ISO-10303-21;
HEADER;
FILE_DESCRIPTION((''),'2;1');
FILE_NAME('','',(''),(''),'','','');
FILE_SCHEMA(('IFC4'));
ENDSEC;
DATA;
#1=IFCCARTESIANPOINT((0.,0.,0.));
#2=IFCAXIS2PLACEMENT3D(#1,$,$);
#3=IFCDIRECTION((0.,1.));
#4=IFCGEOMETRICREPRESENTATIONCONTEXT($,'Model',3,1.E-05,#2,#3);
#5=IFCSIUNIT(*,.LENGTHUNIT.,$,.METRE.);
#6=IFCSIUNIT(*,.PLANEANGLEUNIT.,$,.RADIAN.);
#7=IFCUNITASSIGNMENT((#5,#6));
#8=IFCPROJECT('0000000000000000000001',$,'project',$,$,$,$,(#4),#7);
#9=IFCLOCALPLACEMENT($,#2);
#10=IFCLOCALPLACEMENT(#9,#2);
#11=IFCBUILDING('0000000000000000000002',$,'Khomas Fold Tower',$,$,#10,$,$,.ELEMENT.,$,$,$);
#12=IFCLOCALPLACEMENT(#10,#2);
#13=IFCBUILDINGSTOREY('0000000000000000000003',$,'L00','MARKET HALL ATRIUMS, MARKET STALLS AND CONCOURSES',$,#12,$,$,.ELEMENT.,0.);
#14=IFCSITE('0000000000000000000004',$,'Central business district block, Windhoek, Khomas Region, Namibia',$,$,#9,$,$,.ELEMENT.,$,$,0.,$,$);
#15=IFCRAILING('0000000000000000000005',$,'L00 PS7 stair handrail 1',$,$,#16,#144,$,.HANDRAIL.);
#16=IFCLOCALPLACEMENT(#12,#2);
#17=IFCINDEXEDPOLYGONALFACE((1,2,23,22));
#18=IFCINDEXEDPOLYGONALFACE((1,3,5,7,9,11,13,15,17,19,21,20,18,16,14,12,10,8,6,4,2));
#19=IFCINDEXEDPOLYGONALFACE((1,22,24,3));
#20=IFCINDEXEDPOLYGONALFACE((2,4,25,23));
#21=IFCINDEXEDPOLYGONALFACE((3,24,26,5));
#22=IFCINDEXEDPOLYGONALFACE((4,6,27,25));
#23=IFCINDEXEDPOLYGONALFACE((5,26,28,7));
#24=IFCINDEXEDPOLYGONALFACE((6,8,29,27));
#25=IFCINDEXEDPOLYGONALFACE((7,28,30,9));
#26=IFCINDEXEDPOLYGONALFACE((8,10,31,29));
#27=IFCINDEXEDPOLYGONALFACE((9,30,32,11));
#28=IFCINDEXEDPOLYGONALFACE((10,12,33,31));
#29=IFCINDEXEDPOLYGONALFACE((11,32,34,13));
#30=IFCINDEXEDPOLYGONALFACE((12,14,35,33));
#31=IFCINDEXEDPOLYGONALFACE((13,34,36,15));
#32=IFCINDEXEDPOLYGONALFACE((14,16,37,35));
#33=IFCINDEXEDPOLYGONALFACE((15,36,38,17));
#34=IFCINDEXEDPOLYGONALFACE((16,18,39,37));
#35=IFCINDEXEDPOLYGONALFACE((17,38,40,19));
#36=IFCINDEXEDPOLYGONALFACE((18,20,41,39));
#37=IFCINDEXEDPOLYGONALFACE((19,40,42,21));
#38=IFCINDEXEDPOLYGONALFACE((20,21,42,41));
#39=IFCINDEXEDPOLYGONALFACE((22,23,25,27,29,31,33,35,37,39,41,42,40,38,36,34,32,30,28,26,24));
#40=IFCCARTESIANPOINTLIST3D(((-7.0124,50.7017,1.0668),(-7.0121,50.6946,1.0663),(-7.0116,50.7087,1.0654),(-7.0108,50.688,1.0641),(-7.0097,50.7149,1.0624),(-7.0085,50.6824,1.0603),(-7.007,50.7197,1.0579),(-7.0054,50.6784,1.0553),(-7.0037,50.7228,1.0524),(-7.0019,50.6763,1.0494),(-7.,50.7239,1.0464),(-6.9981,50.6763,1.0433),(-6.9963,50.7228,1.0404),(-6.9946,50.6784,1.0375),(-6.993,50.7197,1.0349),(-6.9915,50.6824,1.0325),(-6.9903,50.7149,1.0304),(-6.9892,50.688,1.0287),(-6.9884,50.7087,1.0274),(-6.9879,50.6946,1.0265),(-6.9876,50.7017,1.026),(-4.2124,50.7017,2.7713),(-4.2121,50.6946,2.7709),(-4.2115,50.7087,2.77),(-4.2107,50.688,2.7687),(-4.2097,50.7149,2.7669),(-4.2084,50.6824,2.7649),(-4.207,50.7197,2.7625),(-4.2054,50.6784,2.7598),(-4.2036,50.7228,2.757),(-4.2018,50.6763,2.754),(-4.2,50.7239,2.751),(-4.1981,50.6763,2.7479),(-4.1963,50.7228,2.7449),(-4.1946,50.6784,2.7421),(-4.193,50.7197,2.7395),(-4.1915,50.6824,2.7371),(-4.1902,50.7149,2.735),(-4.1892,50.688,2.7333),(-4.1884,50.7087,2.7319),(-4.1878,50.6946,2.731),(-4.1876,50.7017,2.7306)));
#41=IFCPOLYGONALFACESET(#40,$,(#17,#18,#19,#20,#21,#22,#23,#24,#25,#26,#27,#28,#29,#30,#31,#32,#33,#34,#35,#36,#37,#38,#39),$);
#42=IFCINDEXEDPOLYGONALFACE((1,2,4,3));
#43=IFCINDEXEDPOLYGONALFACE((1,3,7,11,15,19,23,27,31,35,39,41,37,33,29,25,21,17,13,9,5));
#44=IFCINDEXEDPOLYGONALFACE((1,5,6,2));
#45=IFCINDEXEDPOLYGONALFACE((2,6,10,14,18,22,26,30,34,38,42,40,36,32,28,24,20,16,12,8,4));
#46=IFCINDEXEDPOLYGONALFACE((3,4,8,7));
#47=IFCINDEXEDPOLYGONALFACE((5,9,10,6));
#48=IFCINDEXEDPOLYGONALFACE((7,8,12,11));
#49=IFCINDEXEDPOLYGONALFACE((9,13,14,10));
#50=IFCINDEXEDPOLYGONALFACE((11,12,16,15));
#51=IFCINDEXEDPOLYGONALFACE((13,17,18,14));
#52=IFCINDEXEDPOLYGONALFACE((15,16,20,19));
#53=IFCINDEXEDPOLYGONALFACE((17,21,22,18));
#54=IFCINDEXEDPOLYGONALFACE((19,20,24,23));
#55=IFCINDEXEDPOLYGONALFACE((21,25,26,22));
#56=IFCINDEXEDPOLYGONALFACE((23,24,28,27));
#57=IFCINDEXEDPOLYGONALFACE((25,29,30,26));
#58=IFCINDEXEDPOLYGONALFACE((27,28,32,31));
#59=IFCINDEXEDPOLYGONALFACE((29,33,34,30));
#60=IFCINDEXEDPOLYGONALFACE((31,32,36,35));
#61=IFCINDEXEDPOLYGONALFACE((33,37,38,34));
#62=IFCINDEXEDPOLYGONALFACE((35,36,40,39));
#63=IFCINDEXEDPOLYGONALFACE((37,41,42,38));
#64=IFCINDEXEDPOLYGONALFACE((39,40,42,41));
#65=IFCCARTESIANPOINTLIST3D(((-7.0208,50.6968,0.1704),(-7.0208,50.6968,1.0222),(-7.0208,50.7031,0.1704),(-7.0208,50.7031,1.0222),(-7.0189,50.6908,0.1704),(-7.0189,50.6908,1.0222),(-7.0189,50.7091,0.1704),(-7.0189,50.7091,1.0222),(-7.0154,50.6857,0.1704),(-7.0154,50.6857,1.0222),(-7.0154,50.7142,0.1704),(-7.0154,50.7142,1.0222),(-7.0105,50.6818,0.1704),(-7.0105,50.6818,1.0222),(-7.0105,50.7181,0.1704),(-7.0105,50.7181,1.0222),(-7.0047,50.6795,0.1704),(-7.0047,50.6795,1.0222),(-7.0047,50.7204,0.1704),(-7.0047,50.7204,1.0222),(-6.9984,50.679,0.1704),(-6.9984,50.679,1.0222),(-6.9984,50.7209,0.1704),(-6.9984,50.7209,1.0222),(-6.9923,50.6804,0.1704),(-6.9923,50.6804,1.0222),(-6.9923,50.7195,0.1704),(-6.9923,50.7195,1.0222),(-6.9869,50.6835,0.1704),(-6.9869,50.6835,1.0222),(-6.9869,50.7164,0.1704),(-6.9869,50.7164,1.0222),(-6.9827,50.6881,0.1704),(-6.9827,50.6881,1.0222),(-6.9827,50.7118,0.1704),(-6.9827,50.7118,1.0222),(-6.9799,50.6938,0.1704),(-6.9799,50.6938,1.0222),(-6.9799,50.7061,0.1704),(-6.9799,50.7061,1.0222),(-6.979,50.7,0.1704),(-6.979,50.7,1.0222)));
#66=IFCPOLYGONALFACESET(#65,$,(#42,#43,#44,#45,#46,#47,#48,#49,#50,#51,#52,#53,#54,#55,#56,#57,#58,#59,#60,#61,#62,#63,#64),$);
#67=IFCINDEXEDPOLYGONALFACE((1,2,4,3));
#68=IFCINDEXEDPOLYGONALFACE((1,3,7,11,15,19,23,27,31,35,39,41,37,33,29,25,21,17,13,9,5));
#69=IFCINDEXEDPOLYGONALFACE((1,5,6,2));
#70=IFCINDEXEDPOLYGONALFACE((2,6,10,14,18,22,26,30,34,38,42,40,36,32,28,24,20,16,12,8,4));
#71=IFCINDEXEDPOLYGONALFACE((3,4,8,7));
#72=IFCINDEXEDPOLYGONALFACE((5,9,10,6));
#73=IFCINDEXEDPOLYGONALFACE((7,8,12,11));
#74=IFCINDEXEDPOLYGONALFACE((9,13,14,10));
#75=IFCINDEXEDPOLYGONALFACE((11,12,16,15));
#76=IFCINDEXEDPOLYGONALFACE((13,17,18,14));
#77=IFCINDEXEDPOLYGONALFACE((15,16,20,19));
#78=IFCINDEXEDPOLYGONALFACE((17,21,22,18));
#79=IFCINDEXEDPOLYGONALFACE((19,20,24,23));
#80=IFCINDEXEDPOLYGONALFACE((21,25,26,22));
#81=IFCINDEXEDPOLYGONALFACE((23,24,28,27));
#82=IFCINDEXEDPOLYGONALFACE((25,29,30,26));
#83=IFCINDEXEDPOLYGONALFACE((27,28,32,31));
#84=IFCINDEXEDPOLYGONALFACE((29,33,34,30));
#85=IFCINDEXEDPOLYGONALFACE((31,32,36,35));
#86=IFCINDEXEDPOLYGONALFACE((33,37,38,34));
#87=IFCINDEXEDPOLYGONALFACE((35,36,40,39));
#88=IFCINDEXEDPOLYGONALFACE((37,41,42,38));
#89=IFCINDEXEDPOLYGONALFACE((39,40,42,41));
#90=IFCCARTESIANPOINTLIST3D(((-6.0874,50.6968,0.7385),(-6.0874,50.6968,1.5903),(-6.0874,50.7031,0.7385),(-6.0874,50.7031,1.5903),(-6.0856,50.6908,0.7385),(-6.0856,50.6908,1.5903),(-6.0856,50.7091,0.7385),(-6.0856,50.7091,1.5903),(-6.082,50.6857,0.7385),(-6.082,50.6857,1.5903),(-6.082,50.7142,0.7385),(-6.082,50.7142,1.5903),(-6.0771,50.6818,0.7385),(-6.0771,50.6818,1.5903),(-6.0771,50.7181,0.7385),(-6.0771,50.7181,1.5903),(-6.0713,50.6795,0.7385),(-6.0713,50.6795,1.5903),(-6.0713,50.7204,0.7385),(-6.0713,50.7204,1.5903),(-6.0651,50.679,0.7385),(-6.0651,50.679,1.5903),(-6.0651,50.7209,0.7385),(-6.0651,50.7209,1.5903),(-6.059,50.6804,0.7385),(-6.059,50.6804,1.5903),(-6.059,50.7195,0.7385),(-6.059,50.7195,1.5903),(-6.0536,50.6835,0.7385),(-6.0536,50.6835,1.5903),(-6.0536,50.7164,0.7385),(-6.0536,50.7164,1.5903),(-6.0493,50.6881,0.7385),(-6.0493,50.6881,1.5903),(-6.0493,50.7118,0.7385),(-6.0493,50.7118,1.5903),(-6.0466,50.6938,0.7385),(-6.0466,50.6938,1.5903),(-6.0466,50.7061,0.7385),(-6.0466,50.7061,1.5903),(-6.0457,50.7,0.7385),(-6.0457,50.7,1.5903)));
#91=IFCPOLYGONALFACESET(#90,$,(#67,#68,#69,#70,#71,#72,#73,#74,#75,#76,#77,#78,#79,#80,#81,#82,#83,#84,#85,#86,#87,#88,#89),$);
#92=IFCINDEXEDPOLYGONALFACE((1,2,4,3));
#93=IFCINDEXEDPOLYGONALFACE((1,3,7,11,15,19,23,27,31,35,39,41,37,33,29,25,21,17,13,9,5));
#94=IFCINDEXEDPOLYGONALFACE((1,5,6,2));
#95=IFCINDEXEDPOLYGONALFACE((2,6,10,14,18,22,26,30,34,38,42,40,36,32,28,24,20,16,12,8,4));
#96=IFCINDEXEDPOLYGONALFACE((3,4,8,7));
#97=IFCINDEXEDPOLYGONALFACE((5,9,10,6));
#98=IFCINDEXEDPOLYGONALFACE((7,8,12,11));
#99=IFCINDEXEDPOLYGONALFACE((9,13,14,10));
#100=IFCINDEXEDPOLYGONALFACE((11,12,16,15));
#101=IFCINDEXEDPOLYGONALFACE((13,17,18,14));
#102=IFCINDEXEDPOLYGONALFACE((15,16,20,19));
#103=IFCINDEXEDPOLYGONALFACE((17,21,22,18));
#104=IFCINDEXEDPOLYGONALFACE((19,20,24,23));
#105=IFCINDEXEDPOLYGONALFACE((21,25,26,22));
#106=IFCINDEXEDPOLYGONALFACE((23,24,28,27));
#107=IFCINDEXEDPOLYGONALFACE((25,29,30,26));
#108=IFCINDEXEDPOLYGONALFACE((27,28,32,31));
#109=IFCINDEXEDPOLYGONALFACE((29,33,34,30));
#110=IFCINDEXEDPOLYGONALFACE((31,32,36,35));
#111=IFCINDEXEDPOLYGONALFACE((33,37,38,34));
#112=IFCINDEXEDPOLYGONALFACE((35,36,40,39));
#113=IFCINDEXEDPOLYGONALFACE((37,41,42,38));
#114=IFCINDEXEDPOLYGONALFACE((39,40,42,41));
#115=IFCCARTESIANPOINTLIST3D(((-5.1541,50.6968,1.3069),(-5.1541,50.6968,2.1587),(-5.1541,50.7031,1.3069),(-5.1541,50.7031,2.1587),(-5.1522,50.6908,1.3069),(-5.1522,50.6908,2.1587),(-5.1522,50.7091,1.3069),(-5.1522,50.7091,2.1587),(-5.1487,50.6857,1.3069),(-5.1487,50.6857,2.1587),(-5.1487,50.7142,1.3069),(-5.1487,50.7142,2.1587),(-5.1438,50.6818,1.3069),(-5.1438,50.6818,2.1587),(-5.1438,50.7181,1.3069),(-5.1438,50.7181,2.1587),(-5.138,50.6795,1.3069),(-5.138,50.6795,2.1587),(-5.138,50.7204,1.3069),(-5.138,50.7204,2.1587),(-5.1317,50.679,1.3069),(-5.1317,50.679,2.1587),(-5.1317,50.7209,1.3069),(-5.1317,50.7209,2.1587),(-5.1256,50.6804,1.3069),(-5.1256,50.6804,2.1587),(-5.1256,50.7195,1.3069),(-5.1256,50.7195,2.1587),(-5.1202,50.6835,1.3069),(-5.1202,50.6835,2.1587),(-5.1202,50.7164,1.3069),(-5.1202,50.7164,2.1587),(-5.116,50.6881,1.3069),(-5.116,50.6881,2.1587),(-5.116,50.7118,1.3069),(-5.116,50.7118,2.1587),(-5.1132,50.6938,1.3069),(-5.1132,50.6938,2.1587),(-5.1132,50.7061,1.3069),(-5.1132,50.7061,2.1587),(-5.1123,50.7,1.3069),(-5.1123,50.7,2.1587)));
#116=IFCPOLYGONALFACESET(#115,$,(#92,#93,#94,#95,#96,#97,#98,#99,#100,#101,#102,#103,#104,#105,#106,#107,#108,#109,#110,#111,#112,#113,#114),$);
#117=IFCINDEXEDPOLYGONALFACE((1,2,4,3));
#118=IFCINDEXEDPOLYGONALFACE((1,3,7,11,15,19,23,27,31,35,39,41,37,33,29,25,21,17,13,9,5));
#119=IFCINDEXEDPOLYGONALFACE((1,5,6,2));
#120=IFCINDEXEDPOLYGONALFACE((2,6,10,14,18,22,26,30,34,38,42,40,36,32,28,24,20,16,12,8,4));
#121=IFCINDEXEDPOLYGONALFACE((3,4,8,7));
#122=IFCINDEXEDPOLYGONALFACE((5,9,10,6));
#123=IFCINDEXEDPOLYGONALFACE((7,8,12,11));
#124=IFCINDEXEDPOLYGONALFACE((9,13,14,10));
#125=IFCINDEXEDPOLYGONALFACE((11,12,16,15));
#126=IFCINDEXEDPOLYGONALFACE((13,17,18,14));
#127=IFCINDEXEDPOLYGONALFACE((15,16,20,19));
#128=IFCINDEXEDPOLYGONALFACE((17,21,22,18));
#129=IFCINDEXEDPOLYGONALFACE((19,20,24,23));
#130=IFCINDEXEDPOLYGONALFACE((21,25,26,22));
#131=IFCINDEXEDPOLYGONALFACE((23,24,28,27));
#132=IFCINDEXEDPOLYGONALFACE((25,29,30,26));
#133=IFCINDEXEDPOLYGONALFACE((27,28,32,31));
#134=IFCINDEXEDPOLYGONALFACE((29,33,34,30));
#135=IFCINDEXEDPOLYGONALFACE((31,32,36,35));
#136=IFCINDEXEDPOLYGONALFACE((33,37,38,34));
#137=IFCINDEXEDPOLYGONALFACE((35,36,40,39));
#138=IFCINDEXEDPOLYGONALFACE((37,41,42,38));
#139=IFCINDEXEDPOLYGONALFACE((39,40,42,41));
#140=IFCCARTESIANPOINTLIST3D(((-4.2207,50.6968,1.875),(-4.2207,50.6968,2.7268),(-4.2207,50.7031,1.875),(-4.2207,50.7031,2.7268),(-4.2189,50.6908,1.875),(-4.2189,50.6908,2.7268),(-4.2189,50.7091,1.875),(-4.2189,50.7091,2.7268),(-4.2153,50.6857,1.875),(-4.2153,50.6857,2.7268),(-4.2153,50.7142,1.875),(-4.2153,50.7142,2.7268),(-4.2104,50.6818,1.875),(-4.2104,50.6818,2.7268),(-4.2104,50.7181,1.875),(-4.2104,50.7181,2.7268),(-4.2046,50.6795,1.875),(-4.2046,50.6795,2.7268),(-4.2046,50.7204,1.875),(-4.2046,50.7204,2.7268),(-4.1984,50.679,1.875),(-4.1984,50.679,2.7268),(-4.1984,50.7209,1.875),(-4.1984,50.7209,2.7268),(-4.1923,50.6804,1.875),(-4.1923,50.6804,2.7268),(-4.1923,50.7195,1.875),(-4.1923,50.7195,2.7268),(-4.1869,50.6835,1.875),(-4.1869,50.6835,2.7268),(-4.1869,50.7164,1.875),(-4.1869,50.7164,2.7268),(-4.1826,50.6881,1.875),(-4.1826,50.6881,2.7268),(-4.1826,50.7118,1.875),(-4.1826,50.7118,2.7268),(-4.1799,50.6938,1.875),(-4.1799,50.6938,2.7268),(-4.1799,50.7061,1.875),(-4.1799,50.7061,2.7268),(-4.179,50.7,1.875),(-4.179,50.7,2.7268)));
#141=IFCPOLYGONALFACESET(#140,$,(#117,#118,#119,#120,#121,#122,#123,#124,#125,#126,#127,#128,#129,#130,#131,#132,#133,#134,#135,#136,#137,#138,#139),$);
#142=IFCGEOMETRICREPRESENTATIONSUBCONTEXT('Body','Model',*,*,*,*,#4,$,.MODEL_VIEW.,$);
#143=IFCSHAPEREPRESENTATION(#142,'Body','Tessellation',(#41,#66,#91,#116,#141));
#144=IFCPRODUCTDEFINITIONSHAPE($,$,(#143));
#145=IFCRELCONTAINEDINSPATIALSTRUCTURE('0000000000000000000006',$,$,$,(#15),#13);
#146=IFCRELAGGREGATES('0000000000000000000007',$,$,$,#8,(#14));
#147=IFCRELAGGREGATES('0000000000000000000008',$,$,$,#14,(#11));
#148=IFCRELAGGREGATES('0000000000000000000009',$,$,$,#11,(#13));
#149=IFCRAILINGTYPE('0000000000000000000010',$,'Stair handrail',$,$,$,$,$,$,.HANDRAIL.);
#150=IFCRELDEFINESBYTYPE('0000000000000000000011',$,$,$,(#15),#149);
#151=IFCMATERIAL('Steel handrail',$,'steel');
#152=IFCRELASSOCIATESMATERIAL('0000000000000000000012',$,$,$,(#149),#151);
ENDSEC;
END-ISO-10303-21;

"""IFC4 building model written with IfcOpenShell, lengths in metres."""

from ifc_helpers import new_model, si_unit, direction, frame, origin, origin_2d, place, context, subcontext, project, spatial, circle, extrude, source, transform, mapped, material, type_object, element, save


model = new_model("IFC4")

# Units and contexts
model_context = context("Model", 3, precision=1e-05, world=origin(), true_north=direction((0.0, 1.0)))
body_context = subcontext(model_context, "Body", "Model", "MODEL_VIEW")
ifc_project = project(units=[si_unit("LENGTHUNIT", "METRE"), si_unit("PLANEANGLEUNIT", "RADIAN")], contexts=[model_context])

# Site, building, storey
site_placement = place(None, origin())
site = spatial("IfcSite", under=ifc_project, at=site_placement, Name="Central business district block, Windhoek, Khomas Region, Namibia", CompositionType="ELEMENT", RefElevation=0.0)
building_placement = place(site_placement, origin())
building = spatial("IfcBuilding", under=site, at=building_placement, Name="Khomas Fold Tower", CompositionType="ELEMENT")
storey_placement = place(building_placement, origin())
storey = spatial("IfcBuildingStorey", under=building, at=storey_placement, Name="L00", Description="MARKET HALL ATRIUMS, MARKET STALLS AND CONCOURSES", CompositionType="ELEMENT", Elevation=0.0)

# Railing
ifc_material_1 = material(Name="Steel handrail", Category="steel")
railing_type_1 = type_object("IfcRailingType", Name="Stair handrail", PredefinedType="HANDRAIL", material=ifc_material_1)
shared_shape_1 = source(origin(), body_context, "Body", "SweptSolid", [
    extrude(circle(Radius=0.0239, at=origin_2d()), frame((0.0, 0.0, 0.876), z_axis=(0.85417, 0.0, 0.519994), x_axis=(0.0, 1.0, 0.0)), (0.0, 0.0, 1.0), 3.2781),
    extrude(circle(Radius=0.021, at=origin_2d()), origin(), (0.0, 0.0, 1.0), 0.8518),
    extrude(circle(Radius=0.021, at=origin_2d()), frame((0.9333, 0.0, 0.5681)), (0.0, 0.0, 1.0), 0.8518),
    extrude(circle(Radius=0.021, at=origin_2d()), frame((1.8667, 0.0, 1.1365)), (0.0, 0.0, 1.0), 0.8518),
    extrude(circle(Radius=0.021, at=origin_2d()), frame((2.8, 0.0, 1.7046)), (0.0, 0.0, 1.0), 0.8518),
])
for number, where, name in (
    (1, (-7.0, 50.7, 0.1704), "L00 PS7 stair handrail 1"),
):
    element("IfcRailing", number, at=place(storey_placement, frame(where)), inside=storey, type_object=railing_type_1, Name=name, PredefinedType="HANDRAIL", context=body_context, shape_type="MappedRepresentation", body=[
        mapped(shared_shape_1, transform((0.0, 0.0, 0.0))),
    ])

save(model, "model.ifc")
